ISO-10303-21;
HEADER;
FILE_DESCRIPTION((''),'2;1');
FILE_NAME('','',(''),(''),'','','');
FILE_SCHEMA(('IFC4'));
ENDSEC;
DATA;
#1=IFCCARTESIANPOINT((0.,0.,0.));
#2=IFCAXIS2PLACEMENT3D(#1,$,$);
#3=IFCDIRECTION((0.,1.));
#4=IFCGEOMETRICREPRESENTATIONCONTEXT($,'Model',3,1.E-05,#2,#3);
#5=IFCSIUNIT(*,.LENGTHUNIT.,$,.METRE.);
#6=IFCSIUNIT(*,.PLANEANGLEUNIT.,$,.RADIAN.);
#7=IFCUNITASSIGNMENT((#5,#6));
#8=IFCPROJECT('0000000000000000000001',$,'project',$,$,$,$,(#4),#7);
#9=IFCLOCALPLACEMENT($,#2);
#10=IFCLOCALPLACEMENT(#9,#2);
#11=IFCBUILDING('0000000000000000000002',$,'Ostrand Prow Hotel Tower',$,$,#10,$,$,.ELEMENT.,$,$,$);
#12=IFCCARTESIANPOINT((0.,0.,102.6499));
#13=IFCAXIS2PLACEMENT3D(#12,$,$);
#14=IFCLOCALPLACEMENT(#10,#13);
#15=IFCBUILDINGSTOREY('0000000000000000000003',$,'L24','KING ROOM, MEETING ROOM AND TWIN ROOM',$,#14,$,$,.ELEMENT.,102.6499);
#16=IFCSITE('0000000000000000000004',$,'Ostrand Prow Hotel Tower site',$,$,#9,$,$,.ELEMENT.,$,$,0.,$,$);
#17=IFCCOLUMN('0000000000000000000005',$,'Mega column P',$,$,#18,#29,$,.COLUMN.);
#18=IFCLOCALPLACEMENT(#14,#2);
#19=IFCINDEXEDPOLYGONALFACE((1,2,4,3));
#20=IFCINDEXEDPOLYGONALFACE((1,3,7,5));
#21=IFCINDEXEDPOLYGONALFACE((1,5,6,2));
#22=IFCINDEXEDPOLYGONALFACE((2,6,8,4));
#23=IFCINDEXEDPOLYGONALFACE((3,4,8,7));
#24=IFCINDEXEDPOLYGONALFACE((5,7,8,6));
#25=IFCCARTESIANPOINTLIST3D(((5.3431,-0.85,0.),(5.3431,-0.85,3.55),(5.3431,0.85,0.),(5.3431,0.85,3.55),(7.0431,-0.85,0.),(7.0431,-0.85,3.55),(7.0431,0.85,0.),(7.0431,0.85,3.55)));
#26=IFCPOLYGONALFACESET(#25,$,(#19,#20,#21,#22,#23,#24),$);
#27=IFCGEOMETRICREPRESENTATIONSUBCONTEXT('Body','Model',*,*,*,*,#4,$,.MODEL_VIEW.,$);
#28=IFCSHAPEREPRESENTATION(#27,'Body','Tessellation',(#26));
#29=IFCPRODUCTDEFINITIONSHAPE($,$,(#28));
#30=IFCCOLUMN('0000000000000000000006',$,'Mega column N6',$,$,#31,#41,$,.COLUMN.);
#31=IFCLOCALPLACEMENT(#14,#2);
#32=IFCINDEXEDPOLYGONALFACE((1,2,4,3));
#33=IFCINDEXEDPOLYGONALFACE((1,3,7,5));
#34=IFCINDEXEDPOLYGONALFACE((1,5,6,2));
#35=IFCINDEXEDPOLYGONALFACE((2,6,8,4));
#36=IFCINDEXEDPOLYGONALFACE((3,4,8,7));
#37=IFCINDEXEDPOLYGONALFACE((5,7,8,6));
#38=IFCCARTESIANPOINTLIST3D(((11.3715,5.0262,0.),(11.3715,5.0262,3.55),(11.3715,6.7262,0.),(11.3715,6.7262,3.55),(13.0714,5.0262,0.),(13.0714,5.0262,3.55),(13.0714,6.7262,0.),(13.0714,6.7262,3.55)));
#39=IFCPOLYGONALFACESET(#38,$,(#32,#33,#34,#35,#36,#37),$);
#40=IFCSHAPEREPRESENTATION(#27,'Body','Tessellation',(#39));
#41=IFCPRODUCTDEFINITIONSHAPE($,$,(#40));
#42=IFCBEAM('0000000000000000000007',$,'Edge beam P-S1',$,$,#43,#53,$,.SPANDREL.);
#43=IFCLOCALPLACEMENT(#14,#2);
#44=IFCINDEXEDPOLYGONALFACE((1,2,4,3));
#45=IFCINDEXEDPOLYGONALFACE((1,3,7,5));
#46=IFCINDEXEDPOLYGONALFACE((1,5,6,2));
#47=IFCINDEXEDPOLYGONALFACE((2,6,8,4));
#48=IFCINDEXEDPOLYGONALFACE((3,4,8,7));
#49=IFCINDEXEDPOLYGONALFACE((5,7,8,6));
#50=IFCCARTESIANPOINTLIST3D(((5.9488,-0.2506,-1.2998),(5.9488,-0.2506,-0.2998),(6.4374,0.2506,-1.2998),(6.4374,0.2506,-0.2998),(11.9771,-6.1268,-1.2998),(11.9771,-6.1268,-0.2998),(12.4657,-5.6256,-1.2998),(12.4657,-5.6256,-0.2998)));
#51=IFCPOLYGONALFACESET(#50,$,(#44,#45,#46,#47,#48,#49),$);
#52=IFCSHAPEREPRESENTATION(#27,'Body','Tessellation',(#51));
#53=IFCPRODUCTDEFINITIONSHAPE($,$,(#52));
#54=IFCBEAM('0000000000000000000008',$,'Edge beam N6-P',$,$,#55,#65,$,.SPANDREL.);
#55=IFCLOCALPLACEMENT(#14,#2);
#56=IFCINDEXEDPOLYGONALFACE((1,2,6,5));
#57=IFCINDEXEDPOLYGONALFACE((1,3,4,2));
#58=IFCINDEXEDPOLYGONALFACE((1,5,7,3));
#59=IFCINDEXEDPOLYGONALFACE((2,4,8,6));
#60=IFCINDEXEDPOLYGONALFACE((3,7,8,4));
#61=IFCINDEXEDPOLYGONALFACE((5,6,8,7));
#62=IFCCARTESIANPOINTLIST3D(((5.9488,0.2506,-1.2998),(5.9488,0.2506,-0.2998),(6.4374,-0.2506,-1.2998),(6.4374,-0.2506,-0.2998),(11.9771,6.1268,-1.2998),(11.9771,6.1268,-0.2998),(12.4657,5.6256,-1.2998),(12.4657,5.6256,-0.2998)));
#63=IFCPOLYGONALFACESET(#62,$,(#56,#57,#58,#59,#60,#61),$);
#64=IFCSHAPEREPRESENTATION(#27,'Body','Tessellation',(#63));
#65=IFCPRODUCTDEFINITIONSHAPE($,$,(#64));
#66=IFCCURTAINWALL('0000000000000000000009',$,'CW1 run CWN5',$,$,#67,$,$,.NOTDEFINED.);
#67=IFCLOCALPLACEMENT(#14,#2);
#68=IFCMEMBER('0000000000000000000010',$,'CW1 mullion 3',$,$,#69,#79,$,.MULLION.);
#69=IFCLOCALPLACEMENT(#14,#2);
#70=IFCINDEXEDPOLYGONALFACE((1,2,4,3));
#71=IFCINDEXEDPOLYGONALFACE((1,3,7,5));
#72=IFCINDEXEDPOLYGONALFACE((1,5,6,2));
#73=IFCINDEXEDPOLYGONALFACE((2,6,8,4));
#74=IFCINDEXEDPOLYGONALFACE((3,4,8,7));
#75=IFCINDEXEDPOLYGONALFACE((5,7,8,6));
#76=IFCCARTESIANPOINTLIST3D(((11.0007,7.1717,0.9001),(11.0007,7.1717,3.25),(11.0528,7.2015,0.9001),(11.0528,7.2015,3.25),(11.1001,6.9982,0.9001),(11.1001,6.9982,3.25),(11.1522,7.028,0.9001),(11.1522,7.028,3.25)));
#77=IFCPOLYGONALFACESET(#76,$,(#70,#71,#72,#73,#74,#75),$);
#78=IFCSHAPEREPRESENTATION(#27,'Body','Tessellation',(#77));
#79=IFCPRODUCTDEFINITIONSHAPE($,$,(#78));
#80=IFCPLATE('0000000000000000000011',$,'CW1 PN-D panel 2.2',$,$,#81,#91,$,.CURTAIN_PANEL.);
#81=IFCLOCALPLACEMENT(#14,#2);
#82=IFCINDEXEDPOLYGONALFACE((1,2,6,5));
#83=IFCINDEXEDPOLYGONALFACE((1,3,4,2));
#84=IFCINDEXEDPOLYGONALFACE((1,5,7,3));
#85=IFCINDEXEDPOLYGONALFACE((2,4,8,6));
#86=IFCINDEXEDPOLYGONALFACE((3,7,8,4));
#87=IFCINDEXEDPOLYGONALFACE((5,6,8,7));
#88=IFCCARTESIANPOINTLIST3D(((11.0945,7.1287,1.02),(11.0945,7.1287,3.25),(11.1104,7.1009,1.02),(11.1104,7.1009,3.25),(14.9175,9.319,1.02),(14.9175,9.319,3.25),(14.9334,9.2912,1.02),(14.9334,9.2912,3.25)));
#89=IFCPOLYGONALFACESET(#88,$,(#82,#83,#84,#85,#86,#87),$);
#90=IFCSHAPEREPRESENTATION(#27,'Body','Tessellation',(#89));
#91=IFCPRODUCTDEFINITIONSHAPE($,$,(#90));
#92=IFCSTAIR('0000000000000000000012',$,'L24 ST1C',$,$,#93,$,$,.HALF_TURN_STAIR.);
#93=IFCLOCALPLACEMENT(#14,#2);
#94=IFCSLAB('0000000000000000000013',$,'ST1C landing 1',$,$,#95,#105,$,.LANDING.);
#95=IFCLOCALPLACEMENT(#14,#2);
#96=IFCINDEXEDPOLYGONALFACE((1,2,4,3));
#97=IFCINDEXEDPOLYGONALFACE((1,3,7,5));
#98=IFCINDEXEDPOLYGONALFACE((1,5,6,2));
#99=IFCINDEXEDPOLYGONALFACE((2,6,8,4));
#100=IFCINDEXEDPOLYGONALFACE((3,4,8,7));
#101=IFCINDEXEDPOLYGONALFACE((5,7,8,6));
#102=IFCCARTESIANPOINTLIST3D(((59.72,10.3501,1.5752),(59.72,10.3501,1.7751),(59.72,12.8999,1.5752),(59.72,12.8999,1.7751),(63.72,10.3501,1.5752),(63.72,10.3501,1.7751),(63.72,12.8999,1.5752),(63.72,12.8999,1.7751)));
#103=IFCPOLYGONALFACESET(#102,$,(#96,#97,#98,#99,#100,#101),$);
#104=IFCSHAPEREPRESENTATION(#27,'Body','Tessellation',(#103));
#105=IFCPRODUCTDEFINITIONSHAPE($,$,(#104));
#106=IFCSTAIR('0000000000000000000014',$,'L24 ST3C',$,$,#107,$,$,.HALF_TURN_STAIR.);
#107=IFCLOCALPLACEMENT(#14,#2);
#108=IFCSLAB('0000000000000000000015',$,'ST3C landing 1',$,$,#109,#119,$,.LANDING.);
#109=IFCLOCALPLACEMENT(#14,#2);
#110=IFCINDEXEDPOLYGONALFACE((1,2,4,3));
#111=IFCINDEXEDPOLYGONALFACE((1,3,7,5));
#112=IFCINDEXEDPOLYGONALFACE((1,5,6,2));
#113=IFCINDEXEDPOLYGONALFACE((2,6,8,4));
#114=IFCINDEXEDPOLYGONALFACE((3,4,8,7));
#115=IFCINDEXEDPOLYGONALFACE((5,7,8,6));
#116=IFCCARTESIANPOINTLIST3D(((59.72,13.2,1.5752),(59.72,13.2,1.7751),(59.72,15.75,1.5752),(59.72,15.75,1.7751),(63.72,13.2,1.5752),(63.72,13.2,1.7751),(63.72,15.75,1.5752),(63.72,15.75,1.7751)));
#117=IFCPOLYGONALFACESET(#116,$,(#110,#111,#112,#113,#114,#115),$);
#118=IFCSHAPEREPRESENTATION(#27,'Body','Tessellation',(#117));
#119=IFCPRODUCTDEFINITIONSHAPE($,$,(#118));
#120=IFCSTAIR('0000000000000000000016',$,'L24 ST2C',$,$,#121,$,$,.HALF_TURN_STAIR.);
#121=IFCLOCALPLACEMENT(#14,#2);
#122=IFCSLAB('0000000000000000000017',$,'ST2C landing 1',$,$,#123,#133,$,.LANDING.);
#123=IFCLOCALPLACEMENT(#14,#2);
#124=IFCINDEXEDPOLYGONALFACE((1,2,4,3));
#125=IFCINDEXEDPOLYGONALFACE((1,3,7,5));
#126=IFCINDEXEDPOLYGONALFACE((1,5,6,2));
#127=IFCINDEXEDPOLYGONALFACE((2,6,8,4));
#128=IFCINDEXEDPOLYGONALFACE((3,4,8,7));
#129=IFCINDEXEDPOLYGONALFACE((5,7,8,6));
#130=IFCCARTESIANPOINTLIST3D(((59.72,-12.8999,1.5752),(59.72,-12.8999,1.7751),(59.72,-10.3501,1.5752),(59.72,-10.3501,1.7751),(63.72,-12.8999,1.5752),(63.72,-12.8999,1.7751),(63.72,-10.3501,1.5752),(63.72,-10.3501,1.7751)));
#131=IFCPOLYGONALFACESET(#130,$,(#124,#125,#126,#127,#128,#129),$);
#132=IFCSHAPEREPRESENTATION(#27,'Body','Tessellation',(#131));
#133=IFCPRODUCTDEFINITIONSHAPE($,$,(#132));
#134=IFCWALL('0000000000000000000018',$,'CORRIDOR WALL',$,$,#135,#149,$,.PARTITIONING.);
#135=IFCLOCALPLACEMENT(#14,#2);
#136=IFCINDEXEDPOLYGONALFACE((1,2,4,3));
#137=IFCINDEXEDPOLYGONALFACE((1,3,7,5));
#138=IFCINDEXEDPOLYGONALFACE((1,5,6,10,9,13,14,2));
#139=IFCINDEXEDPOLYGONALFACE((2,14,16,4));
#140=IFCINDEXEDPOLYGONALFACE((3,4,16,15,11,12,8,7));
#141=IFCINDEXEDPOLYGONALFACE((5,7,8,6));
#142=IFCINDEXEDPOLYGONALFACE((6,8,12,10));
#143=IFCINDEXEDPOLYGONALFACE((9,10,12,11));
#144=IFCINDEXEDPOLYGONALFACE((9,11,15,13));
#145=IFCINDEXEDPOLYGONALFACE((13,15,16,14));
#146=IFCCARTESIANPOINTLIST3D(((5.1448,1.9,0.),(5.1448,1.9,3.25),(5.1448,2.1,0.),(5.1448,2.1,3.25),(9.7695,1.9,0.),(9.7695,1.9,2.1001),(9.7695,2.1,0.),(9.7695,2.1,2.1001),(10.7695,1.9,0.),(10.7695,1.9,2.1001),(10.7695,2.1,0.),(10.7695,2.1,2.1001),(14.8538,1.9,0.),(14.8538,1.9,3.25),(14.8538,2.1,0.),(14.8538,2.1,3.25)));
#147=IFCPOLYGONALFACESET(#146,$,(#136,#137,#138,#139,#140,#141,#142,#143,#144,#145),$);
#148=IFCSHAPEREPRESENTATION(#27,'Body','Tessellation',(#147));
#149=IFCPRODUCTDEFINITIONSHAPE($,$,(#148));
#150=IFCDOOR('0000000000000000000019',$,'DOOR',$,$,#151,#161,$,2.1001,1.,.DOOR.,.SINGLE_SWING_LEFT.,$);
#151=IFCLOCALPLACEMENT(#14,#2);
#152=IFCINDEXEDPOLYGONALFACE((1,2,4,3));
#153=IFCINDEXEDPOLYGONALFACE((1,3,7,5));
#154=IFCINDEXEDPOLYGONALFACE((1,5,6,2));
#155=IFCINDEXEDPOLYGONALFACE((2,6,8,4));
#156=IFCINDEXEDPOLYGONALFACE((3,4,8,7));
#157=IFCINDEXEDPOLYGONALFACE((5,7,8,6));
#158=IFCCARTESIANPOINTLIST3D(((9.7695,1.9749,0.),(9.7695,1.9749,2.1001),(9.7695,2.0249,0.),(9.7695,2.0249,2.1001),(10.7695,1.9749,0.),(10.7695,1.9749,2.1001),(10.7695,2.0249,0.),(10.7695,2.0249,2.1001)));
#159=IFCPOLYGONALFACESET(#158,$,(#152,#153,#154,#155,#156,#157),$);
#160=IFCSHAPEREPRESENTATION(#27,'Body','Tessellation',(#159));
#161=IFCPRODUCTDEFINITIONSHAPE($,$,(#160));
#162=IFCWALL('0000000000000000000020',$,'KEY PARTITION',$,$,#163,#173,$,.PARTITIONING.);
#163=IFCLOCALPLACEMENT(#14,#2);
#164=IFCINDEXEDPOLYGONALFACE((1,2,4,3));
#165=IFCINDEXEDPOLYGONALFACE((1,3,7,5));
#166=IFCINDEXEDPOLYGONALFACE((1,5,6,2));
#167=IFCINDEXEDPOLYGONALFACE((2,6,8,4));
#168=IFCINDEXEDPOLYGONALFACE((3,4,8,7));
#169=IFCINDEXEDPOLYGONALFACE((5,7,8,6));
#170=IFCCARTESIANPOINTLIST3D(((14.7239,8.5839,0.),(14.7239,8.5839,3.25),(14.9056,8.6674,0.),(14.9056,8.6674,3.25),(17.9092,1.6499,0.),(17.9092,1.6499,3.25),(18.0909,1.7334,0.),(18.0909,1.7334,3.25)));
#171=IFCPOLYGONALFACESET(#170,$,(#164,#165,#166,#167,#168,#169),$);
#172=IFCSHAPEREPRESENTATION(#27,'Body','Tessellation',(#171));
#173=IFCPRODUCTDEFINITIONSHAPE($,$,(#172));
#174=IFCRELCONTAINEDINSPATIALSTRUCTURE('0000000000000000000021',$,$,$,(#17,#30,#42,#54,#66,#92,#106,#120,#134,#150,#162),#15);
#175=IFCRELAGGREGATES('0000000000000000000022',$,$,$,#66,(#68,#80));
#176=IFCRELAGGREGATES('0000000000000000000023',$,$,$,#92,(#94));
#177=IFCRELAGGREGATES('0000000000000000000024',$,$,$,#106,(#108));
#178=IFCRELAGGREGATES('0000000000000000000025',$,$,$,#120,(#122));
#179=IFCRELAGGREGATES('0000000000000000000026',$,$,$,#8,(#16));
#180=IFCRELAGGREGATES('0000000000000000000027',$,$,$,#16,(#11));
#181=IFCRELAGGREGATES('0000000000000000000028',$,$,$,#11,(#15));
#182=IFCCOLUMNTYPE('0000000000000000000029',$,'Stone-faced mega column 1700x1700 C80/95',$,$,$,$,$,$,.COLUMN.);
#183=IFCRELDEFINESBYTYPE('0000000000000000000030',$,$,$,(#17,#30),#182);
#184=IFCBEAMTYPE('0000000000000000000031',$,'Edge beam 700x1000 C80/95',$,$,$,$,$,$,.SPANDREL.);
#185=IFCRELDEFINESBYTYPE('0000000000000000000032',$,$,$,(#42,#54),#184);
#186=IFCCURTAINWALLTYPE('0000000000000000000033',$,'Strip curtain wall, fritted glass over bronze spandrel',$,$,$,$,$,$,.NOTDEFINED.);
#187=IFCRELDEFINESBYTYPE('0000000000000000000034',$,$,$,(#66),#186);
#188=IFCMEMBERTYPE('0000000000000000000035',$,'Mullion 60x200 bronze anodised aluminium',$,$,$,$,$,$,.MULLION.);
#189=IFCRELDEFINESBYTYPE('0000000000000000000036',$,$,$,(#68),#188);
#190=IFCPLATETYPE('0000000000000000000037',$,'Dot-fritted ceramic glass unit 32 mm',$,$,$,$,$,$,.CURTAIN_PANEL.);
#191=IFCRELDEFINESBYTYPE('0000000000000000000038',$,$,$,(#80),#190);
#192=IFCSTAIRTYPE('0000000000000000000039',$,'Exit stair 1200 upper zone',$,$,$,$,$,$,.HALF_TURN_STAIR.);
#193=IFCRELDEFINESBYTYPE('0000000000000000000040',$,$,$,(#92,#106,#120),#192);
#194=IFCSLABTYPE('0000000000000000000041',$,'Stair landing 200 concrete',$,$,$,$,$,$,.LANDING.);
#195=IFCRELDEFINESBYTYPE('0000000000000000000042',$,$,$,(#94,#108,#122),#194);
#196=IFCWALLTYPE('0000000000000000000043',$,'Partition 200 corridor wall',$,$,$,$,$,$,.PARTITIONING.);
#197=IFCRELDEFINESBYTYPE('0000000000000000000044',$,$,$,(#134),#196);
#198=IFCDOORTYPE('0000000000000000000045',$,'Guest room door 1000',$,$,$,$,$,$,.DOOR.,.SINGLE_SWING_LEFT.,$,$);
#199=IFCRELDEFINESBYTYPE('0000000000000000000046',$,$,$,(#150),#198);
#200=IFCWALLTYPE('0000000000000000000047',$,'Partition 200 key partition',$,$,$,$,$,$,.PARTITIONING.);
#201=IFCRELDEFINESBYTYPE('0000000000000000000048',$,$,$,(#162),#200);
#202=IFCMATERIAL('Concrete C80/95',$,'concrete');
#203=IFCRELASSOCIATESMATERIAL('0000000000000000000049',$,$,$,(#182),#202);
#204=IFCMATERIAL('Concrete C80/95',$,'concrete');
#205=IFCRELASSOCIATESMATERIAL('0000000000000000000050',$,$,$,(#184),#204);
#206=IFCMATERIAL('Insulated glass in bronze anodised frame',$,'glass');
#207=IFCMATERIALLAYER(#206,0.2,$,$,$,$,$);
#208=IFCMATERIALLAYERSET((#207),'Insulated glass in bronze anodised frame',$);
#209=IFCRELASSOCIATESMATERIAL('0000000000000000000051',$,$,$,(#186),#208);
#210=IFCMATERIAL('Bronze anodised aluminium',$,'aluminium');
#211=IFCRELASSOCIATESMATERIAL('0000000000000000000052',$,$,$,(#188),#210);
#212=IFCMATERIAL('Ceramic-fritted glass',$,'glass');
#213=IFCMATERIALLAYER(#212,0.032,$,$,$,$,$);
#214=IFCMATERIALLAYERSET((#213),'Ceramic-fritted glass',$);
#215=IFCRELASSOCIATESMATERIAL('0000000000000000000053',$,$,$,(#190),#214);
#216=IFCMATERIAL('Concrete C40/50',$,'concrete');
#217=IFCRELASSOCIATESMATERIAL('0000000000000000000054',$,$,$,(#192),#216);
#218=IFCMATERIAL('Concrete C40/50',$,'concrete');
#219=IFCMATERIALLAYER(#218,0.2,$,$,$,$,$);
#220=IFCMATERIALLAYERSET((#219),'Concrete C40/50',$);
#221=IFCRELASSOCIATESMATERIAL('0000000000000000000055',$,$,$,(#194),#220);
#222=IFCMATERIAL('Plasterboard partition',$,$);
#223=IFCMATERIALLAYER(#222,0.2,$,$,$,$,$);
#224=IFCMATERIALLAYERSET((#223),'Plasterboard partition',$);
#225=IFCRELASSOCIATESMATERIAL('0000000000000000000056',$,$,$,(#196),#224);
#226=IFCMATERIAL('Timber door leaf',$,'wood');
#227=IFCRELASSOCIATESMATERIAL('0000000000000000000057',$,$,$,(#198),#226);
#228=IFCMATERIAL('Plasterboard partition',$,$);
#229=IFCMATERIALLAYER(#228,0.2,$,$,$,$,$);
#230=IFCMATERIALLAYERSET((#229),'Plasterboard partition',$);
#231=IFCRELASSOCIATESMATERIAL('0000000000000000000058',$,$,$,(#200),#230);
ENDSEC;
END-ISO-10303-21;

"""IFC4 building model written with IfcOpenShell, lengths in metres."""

from ifc_helpers import new_model, si_unit, direction, frame, frame_2d, origin, origin_2d, place, context, subcontext, project, spatial, polyline, rectangle, outline, extrude, material, layer, layer_set, material_profile, profile_set, type_object, element, fill, aggregate, save


model = new_model("IFC4")

# Units and contexts
model_context = context("Model", 3, precision=1e-05, world=origin(), true_north=direction((0.0, 1.0)))
body_context = subcontext(model_context, "Body", "Model", "MODEL_VIEW")
ifc_project = project(units=[si_unit("LENGTHUNIT", "METRE"), si_unit("PLANEANGLEUNIT", "RADIAN")], contexts=[model_context])

# Site, building, storey
site_placement = place(None, origin())
site = spatial("IfcSite", under=ifc_project, at=site_placement, Name="Ostrand Prow Hotel Tower site", CompositionType="ELEMENT", RefElevation=0.0)
building_placement = place(site_placement, origin())
building = spatial("IfcBuilding", under=site, at=building_placement, Name="Ostrand Prow Hotel Tower", CompositionType="ELEMENT")
storey_placement = place(building_placement, frame((0.0, 0.0, 102.6499)))
storey = spatial("IfcBuildingStorey", under=building, at=storey_placement, Name="L24", Description="KING ROOM, MEETING ROOM AND TWIN ROOM", CompositionType="ELEMENT", Elevation=102.6499)

# Columns
ifc_material_1 = material(Name="Concrete C80/95", Category="concrete")
ifc_material_profile_1 = material_profile(ifc_material_1, rectangle(XDim=1.7, YDim=1.7, at=origin_2d()), Name="RC 1700x1700")
ifc_profile_set_1 = profile_set([ifc_material_profile_1], Name="Concrete C80/95")
column_type = type_object("IfcColumnType", Name="Stone-faced mega column 1700x1700 C80/95", PredefinedType="COLUMN", material=ifc_profile_set_1)
for number, where, z_axis, x_axis, name in (
    (1, (6.1931, 0.0, 0.0), (0.0, 0.0, 1.0), (1.0, 0.0, 0.0), "Mega column P"),
    (2, (12.2214, 5.8762, 0.0), (0.0, 0.0, 1.0), (1.0, 0.0, 0.0), "Mega column N6"),
):
    element("IfcColumn", number, at=place(storey_placement, frame(where, z_axis=z_axis, x_axis=x_axis)), inside=storey, type_object=column_type, Name=name, PredefinedType="COLUMN", context=body_context, shape_type="SweptSolid", body=[
        extrude(rectangle(XDim=1.7, YDim=1.7, at=origin_2d()), origin(), (0.0, 0.0, 1.0), 3.55),
    ])

# Beams
ifc_material_2 = material(Name="Concrete C80/95", Category="concrete")
ifc_material_profile_2 = material_profile(ifc_material_2, rectangle(XDim=0.7, YDim=1.0, at=origin_2d()), Name="RC 700x1000")
ifc_profile_set_2 = profile_set([ifc_material_profile_2], Name="Concrete C80/95")
beam_type = type_object("IfcBeamType", Name="Edge beam 700x1000 C80/95", PredefinedType="SPANDREL", material=ifc_profile_set_2)
for number, where, z_axis, x_axis, name in (
    (3, (6.1931, 0.0, -0.7998), (0.716083, -0.698015, 0.0), (0.698015, 0.716083, 0.0), "Edge beam P-S1"),
    (4, (12.2214, 5.8762, -0.7998), (-0.716083, -0.698015, 0.0), (0.698015, -0.716083, 0.0), "Edge beam N6-P"),
):
    element("IfcBeam", number, at=place(storey_placement, frame(where, z_axis=z_axis, x_axis=x_axis)), inside=storey, type_object=beam_type, Name=name, PredefinedType="SPANDREL", context=body_context, shape_type="SweptSolid", body=[
        extrude(rectangle(XDim=0.7, YDim=1.0, at=origin_2d()), origin(), (0.0, 0.0, 1.0), 8.4185),
    ])

# Curtain wall, member, plate
ifc_material_3 = material(Name="Insulated glass in bronze anodised frame", Category="glass")
ifc_layer_1 = layer(ifc_material_3, 0.2)
ifc_layer_set_1 = layer_set([ifc_layer_1], Name="Insulated glass in bronze anodised frame")
curtain_wall_type = type_object("IfcCurtainWallType", Name="Strip curtain wall, fritted glass over bronze spandrel", PredefinedType="NOTDEFINED", material=ifc_layer_set_1)
curtain_wall_placement = place(storey_placement, origin())
curtain_wall = element("IfcCurtainWall", 5, at=curtain_wall_placement, inside=storey, type_object=curtain_wall_type, Name="CW1 run CWN5", PredefinedType="NOTDEFINED")
ifc_material_4 = material(Name="Bronze anodised aluminium", Category="aluminium")
ifc_material_profile_3 = material_profile(ifc_material_4, rectangle(XDim=0.2, YDim=0.0601, at=origin_2d()), Name="Mullion 60x200 bronze anodised aluminium")
ifc_profile_set_3 = profile_set([ifc_material_profile_3], Name="Bronze anodised aluminium")
member_type = type_object("IfcMemberType", Name="Mullion 60x200 bronze anodised aluminium", PredefinedType="MULLION", material=ifc_profile_set_3)
member_placement = place(storey_placement, frame((11.0764, 7.0999, 0.9001), z_axis=(0.0, 0.0, 1.0), x_axis=(0.497115, -0.867685, 0.0)))
member = element("IfcMember", 6, at=member_placement, type_object=member_type, Name="CW1 mullion 3", PredefinedType="MULLION", context=body_context, shape_type="SweptSolid", body=[
    extrude(rectangle(XDim=0.2, YDim=0.0601, at=origin_2d()), origin(), (0.0, 0.0, 1.0), 2.3499),
])
ifc_material_5 = material(Name="Ceramic-fritted glass", Category="glass")
ifc_layer_2 = layer(ifc_material_5, 0.032)
ifc_layer_set_2 = layer_set([ifc_layer_2], Name="Ceramic-fritted glass")
plate_type = type_object("IfcPlateType", Name="Dot-fritted ceramic glass unit 32 mm", PredefinedType="CURTAIN_PANEL", material=ifc_layer_set_2)
plate_placement = place(storey_placement, frame((13.0139, 8.21, 1.02), z_axis=(0.0, 0.0, 1.0), x_axis=(-0.867685, -0.497115, 0.0)))
plate = element("IfcPlate", 7, at=plate_placement, type_object=plate_type, Name="CW1 PN-D panel 2.2", PredefinedType="CURTAIN_PANEL", context=body_context, shape_type="SweptSolid", body=[
    extrude(rectangle(XDim=4.406, YDim=0.032, at=origin_2d()), origin(), (0.0, 0.0, 1.0), 2.23),
])
aggregate(curtain_wall, [member, plate])

# Stairs, slabs
ifc_material_6 = material(Name="Concrete C40/50", Category="concrete")
stair_type = type_object("IfcStairType", Name="Exit stair 1200 upper zone", PredefinedType="HALF_TURN_STAIR", material=ifc_material_6)
stair_1_placement = place(storey_placement, origin())
stair_1 = element("IfcStair", 8, at=stair_1_placement, inside=storey, type_object=stair_type, Name="L24 ST1C", PredefinedType="HALF_TURN_STAIR")
ifc_material_7 = material(Name="Concrete C40/50", Category="concrete")
ifc_layer_3 = layer(ifc_material_7, 0.2)
ifc_layer_set_3 = layer_set([ifc_layer_3], Name="Concrete C40/50")
slab_type = type_object("IfcSlabType", Name="Stair landing 200 concrete", PredefinedType="LANDING", material=ifc_layer_set_3)
slab_1_placement = place(storey_placement, frame((0.0, 0.0, 1.5752)))
slab_1 = element("IfcSlab", 9, at=slab_1_placement, type_object=slab_type, Name="ST1C landing 1", PredefinedType="LANDING", context=body_context, shape_type="SweptSolid", body=[
    extrude(outline(polyline([(59.72, 10.3501), (63.72, 10.3501), (63.72, 12.8999), (59.72, 12.8999), (59.72, 10.3501)])), origin(), (0.0, 0.0, 1.0), 0.2),
])
aggregate(stair_1, [slab_1])
stair_2_placement = place(storey_placement, origin())
stair_2 = element("IfcStair", 10, at=stair_2_placement, inside=storey, type_object=stair_type, Name="L24 ST3C", PredefinedType="HALF_TURN_STAIR")
slab_2_placement = place(storey_placement, frame((0.0, 0.0, 1.5752)))
slab_2 = element("IfcSlab", 11, at=slab_2_placement, type_object=slab_type, Name="ST3C landing 1", PredefinedType="LANDING", context=body_context, shape_type="SweptSolid", body=[
    extrude(outline(polyline([(59.72, 13.2), (63.72, 13.2), (63.72, 15.75), (59.72, 15.75), (59.72, 13.2)])), origin(), (0.0, 0.0, 1.0), 0.2),
])
aggregate(stair_2, [slab_2])
stair_3_placement = place(storey_placement, origin())
stair_3 = element("IfcStair", 12, at=stair_3_placement, inside=storey, type_object=stair_type, Name="L24 ST2C", PredefinedType="HALF_TURN_STAIR")
slab_3_placement = place(storey_placement, frame((0.0, 0.0, 1.5752)))
slab_3 = element("IfcSlab", 13, at=slab_3_placement, type_object=slab_type, Name="ST2C landing 1", PredefinedType="LANDING", context=body_context, shape_type="SweptSolid", body=[
    extrude(outline(polyline([(59.72, -12.8999), (63.72, -12.8999), (63.72, -10.3501), (59.72, -10.3501), (59.72, -12.8999)])), origin(), (0.0, 0.0, 1.0), 0.2),
])
aggregate(stair_3, [slab_3])

# Wall, opening, door
ifc_material_8 = material(Name="Plasterboard partition")
ifc_layer_4 = layer(ifc_material_8, 0.2)
ifc_layer_set_4 = layer_set([ifc_layer_4], Name="Plasterboard partition")
wall_type_1 = type_object("IfcWallType", Name="Partition 200 corridor wall", PredefinedType="PARTITIONING", material=ifc_layer_set_4)
wall_1_placement = place(storey_placement, frame((5.1448, 2.0, 0.0), z_axis=(0.0, 0.0, 1.0), x_axis=(1.0, 0.0, 0.0)))
wall_1 = element("IfcWall", 14, at=wall_1_placement, inside=storey, type_object=wall_type_1, Name="CORRIDOR WALL", PredefinedType="PARTITIONING", context=body_context, shape_type="SweptSolid", body=[
    extrude(rectangle(XDim=9.709, YDim=0.2, at=frame_2d((4.8545, 0.0))), origin(), (0.0, 0.0, 1.0), 3.25),
])
opening_1_placement = place(wall_1_placement, frame((4.6248, 0.0, 0.0)))
opening_1 = element("IfcOpeningElement", 15, at=opening_1_placement, cuts=wall_1, PredefinedType="OPENING", context=body_context, shape_type="SweptSolid", body=[
    extrude(rectangle(XDim=1.0, YDim=2.1001, at=frame_2d((0.5, 1.05))), frame((0.0, 0.1099, 0.0), z_axis=(0.0, -1.0, 0.0), x_axis=(1.0, 0.0, 0.0)), (0.0, 0.0, 1.0), 0.22),
])
ifc_material_9 = material(Name="Timber door leaf", Category="wood")
door_type = type_object("IfcDoorType", Name="Guest room door 1000", OperationType="SINGLE_SWING_LEFT", PredefinedType="DOOR", material=ifc_material_9)
door_placement = place(opening_1_placement, origin())
door = element("IfcDoor", 16, at=door_placement, inside=storey, type_object=door_type, Name="DOOR", OperationType="SINGLE_SWING_LEFT", OverallHeight=2.1001, OverallWidth=1.0, PredefinedType="DOOR", context=body_context, shape_type="SweptSolid", body=[
    extrude(rectangle(XDim=1.0, YDim=2.1001, at=frame_2d((0.5, 1.05))), frame((0.0, 0.0249, 0.0), z_axis=(0.0, -1.0, 0.0), x_axis=(1.0, 0.0, 0.0)), (0.0, 0.0, 1.0), 0.05),
])
fill(opening_1, door)

# Wall
ifc_material_10 = material(Name="Plasterboard partition")
ifc_layer_5 = layer(ifc_material_10, 0.2)
ifc_layer_set_5 = layer_set([ifc_layer_5], Name="Plasterboard partition")
wall_type_2 = type_object("IfcWallType", Name="Partition 200 key partition", PredefinedType="PARTITIONING", material=ifc_layer_set_5)
wall_2_placement = place(storey_placement, frame((14.8147, 8.6257, 0.0), z_axis=(0.0, 0.0, 1.0), x_axis=(0.417432, -0.908708, 0.0)))
element("IfcWall", 17, at=wall_2_placement, inside=storey, type_object=wall_type_2, Name="KEY PARTITION", PredefinedType="PARTITIONING", context=body_context, shape_type="SweptSolid", body=[
    extrude(rectangle(XDim=7.6306, YDim=0.2, at=frame_2d((3.8154, 0.0))), origin(), (0.0, 0.0, 1.0), 3.25),
])

save(model, "model.ifc")
